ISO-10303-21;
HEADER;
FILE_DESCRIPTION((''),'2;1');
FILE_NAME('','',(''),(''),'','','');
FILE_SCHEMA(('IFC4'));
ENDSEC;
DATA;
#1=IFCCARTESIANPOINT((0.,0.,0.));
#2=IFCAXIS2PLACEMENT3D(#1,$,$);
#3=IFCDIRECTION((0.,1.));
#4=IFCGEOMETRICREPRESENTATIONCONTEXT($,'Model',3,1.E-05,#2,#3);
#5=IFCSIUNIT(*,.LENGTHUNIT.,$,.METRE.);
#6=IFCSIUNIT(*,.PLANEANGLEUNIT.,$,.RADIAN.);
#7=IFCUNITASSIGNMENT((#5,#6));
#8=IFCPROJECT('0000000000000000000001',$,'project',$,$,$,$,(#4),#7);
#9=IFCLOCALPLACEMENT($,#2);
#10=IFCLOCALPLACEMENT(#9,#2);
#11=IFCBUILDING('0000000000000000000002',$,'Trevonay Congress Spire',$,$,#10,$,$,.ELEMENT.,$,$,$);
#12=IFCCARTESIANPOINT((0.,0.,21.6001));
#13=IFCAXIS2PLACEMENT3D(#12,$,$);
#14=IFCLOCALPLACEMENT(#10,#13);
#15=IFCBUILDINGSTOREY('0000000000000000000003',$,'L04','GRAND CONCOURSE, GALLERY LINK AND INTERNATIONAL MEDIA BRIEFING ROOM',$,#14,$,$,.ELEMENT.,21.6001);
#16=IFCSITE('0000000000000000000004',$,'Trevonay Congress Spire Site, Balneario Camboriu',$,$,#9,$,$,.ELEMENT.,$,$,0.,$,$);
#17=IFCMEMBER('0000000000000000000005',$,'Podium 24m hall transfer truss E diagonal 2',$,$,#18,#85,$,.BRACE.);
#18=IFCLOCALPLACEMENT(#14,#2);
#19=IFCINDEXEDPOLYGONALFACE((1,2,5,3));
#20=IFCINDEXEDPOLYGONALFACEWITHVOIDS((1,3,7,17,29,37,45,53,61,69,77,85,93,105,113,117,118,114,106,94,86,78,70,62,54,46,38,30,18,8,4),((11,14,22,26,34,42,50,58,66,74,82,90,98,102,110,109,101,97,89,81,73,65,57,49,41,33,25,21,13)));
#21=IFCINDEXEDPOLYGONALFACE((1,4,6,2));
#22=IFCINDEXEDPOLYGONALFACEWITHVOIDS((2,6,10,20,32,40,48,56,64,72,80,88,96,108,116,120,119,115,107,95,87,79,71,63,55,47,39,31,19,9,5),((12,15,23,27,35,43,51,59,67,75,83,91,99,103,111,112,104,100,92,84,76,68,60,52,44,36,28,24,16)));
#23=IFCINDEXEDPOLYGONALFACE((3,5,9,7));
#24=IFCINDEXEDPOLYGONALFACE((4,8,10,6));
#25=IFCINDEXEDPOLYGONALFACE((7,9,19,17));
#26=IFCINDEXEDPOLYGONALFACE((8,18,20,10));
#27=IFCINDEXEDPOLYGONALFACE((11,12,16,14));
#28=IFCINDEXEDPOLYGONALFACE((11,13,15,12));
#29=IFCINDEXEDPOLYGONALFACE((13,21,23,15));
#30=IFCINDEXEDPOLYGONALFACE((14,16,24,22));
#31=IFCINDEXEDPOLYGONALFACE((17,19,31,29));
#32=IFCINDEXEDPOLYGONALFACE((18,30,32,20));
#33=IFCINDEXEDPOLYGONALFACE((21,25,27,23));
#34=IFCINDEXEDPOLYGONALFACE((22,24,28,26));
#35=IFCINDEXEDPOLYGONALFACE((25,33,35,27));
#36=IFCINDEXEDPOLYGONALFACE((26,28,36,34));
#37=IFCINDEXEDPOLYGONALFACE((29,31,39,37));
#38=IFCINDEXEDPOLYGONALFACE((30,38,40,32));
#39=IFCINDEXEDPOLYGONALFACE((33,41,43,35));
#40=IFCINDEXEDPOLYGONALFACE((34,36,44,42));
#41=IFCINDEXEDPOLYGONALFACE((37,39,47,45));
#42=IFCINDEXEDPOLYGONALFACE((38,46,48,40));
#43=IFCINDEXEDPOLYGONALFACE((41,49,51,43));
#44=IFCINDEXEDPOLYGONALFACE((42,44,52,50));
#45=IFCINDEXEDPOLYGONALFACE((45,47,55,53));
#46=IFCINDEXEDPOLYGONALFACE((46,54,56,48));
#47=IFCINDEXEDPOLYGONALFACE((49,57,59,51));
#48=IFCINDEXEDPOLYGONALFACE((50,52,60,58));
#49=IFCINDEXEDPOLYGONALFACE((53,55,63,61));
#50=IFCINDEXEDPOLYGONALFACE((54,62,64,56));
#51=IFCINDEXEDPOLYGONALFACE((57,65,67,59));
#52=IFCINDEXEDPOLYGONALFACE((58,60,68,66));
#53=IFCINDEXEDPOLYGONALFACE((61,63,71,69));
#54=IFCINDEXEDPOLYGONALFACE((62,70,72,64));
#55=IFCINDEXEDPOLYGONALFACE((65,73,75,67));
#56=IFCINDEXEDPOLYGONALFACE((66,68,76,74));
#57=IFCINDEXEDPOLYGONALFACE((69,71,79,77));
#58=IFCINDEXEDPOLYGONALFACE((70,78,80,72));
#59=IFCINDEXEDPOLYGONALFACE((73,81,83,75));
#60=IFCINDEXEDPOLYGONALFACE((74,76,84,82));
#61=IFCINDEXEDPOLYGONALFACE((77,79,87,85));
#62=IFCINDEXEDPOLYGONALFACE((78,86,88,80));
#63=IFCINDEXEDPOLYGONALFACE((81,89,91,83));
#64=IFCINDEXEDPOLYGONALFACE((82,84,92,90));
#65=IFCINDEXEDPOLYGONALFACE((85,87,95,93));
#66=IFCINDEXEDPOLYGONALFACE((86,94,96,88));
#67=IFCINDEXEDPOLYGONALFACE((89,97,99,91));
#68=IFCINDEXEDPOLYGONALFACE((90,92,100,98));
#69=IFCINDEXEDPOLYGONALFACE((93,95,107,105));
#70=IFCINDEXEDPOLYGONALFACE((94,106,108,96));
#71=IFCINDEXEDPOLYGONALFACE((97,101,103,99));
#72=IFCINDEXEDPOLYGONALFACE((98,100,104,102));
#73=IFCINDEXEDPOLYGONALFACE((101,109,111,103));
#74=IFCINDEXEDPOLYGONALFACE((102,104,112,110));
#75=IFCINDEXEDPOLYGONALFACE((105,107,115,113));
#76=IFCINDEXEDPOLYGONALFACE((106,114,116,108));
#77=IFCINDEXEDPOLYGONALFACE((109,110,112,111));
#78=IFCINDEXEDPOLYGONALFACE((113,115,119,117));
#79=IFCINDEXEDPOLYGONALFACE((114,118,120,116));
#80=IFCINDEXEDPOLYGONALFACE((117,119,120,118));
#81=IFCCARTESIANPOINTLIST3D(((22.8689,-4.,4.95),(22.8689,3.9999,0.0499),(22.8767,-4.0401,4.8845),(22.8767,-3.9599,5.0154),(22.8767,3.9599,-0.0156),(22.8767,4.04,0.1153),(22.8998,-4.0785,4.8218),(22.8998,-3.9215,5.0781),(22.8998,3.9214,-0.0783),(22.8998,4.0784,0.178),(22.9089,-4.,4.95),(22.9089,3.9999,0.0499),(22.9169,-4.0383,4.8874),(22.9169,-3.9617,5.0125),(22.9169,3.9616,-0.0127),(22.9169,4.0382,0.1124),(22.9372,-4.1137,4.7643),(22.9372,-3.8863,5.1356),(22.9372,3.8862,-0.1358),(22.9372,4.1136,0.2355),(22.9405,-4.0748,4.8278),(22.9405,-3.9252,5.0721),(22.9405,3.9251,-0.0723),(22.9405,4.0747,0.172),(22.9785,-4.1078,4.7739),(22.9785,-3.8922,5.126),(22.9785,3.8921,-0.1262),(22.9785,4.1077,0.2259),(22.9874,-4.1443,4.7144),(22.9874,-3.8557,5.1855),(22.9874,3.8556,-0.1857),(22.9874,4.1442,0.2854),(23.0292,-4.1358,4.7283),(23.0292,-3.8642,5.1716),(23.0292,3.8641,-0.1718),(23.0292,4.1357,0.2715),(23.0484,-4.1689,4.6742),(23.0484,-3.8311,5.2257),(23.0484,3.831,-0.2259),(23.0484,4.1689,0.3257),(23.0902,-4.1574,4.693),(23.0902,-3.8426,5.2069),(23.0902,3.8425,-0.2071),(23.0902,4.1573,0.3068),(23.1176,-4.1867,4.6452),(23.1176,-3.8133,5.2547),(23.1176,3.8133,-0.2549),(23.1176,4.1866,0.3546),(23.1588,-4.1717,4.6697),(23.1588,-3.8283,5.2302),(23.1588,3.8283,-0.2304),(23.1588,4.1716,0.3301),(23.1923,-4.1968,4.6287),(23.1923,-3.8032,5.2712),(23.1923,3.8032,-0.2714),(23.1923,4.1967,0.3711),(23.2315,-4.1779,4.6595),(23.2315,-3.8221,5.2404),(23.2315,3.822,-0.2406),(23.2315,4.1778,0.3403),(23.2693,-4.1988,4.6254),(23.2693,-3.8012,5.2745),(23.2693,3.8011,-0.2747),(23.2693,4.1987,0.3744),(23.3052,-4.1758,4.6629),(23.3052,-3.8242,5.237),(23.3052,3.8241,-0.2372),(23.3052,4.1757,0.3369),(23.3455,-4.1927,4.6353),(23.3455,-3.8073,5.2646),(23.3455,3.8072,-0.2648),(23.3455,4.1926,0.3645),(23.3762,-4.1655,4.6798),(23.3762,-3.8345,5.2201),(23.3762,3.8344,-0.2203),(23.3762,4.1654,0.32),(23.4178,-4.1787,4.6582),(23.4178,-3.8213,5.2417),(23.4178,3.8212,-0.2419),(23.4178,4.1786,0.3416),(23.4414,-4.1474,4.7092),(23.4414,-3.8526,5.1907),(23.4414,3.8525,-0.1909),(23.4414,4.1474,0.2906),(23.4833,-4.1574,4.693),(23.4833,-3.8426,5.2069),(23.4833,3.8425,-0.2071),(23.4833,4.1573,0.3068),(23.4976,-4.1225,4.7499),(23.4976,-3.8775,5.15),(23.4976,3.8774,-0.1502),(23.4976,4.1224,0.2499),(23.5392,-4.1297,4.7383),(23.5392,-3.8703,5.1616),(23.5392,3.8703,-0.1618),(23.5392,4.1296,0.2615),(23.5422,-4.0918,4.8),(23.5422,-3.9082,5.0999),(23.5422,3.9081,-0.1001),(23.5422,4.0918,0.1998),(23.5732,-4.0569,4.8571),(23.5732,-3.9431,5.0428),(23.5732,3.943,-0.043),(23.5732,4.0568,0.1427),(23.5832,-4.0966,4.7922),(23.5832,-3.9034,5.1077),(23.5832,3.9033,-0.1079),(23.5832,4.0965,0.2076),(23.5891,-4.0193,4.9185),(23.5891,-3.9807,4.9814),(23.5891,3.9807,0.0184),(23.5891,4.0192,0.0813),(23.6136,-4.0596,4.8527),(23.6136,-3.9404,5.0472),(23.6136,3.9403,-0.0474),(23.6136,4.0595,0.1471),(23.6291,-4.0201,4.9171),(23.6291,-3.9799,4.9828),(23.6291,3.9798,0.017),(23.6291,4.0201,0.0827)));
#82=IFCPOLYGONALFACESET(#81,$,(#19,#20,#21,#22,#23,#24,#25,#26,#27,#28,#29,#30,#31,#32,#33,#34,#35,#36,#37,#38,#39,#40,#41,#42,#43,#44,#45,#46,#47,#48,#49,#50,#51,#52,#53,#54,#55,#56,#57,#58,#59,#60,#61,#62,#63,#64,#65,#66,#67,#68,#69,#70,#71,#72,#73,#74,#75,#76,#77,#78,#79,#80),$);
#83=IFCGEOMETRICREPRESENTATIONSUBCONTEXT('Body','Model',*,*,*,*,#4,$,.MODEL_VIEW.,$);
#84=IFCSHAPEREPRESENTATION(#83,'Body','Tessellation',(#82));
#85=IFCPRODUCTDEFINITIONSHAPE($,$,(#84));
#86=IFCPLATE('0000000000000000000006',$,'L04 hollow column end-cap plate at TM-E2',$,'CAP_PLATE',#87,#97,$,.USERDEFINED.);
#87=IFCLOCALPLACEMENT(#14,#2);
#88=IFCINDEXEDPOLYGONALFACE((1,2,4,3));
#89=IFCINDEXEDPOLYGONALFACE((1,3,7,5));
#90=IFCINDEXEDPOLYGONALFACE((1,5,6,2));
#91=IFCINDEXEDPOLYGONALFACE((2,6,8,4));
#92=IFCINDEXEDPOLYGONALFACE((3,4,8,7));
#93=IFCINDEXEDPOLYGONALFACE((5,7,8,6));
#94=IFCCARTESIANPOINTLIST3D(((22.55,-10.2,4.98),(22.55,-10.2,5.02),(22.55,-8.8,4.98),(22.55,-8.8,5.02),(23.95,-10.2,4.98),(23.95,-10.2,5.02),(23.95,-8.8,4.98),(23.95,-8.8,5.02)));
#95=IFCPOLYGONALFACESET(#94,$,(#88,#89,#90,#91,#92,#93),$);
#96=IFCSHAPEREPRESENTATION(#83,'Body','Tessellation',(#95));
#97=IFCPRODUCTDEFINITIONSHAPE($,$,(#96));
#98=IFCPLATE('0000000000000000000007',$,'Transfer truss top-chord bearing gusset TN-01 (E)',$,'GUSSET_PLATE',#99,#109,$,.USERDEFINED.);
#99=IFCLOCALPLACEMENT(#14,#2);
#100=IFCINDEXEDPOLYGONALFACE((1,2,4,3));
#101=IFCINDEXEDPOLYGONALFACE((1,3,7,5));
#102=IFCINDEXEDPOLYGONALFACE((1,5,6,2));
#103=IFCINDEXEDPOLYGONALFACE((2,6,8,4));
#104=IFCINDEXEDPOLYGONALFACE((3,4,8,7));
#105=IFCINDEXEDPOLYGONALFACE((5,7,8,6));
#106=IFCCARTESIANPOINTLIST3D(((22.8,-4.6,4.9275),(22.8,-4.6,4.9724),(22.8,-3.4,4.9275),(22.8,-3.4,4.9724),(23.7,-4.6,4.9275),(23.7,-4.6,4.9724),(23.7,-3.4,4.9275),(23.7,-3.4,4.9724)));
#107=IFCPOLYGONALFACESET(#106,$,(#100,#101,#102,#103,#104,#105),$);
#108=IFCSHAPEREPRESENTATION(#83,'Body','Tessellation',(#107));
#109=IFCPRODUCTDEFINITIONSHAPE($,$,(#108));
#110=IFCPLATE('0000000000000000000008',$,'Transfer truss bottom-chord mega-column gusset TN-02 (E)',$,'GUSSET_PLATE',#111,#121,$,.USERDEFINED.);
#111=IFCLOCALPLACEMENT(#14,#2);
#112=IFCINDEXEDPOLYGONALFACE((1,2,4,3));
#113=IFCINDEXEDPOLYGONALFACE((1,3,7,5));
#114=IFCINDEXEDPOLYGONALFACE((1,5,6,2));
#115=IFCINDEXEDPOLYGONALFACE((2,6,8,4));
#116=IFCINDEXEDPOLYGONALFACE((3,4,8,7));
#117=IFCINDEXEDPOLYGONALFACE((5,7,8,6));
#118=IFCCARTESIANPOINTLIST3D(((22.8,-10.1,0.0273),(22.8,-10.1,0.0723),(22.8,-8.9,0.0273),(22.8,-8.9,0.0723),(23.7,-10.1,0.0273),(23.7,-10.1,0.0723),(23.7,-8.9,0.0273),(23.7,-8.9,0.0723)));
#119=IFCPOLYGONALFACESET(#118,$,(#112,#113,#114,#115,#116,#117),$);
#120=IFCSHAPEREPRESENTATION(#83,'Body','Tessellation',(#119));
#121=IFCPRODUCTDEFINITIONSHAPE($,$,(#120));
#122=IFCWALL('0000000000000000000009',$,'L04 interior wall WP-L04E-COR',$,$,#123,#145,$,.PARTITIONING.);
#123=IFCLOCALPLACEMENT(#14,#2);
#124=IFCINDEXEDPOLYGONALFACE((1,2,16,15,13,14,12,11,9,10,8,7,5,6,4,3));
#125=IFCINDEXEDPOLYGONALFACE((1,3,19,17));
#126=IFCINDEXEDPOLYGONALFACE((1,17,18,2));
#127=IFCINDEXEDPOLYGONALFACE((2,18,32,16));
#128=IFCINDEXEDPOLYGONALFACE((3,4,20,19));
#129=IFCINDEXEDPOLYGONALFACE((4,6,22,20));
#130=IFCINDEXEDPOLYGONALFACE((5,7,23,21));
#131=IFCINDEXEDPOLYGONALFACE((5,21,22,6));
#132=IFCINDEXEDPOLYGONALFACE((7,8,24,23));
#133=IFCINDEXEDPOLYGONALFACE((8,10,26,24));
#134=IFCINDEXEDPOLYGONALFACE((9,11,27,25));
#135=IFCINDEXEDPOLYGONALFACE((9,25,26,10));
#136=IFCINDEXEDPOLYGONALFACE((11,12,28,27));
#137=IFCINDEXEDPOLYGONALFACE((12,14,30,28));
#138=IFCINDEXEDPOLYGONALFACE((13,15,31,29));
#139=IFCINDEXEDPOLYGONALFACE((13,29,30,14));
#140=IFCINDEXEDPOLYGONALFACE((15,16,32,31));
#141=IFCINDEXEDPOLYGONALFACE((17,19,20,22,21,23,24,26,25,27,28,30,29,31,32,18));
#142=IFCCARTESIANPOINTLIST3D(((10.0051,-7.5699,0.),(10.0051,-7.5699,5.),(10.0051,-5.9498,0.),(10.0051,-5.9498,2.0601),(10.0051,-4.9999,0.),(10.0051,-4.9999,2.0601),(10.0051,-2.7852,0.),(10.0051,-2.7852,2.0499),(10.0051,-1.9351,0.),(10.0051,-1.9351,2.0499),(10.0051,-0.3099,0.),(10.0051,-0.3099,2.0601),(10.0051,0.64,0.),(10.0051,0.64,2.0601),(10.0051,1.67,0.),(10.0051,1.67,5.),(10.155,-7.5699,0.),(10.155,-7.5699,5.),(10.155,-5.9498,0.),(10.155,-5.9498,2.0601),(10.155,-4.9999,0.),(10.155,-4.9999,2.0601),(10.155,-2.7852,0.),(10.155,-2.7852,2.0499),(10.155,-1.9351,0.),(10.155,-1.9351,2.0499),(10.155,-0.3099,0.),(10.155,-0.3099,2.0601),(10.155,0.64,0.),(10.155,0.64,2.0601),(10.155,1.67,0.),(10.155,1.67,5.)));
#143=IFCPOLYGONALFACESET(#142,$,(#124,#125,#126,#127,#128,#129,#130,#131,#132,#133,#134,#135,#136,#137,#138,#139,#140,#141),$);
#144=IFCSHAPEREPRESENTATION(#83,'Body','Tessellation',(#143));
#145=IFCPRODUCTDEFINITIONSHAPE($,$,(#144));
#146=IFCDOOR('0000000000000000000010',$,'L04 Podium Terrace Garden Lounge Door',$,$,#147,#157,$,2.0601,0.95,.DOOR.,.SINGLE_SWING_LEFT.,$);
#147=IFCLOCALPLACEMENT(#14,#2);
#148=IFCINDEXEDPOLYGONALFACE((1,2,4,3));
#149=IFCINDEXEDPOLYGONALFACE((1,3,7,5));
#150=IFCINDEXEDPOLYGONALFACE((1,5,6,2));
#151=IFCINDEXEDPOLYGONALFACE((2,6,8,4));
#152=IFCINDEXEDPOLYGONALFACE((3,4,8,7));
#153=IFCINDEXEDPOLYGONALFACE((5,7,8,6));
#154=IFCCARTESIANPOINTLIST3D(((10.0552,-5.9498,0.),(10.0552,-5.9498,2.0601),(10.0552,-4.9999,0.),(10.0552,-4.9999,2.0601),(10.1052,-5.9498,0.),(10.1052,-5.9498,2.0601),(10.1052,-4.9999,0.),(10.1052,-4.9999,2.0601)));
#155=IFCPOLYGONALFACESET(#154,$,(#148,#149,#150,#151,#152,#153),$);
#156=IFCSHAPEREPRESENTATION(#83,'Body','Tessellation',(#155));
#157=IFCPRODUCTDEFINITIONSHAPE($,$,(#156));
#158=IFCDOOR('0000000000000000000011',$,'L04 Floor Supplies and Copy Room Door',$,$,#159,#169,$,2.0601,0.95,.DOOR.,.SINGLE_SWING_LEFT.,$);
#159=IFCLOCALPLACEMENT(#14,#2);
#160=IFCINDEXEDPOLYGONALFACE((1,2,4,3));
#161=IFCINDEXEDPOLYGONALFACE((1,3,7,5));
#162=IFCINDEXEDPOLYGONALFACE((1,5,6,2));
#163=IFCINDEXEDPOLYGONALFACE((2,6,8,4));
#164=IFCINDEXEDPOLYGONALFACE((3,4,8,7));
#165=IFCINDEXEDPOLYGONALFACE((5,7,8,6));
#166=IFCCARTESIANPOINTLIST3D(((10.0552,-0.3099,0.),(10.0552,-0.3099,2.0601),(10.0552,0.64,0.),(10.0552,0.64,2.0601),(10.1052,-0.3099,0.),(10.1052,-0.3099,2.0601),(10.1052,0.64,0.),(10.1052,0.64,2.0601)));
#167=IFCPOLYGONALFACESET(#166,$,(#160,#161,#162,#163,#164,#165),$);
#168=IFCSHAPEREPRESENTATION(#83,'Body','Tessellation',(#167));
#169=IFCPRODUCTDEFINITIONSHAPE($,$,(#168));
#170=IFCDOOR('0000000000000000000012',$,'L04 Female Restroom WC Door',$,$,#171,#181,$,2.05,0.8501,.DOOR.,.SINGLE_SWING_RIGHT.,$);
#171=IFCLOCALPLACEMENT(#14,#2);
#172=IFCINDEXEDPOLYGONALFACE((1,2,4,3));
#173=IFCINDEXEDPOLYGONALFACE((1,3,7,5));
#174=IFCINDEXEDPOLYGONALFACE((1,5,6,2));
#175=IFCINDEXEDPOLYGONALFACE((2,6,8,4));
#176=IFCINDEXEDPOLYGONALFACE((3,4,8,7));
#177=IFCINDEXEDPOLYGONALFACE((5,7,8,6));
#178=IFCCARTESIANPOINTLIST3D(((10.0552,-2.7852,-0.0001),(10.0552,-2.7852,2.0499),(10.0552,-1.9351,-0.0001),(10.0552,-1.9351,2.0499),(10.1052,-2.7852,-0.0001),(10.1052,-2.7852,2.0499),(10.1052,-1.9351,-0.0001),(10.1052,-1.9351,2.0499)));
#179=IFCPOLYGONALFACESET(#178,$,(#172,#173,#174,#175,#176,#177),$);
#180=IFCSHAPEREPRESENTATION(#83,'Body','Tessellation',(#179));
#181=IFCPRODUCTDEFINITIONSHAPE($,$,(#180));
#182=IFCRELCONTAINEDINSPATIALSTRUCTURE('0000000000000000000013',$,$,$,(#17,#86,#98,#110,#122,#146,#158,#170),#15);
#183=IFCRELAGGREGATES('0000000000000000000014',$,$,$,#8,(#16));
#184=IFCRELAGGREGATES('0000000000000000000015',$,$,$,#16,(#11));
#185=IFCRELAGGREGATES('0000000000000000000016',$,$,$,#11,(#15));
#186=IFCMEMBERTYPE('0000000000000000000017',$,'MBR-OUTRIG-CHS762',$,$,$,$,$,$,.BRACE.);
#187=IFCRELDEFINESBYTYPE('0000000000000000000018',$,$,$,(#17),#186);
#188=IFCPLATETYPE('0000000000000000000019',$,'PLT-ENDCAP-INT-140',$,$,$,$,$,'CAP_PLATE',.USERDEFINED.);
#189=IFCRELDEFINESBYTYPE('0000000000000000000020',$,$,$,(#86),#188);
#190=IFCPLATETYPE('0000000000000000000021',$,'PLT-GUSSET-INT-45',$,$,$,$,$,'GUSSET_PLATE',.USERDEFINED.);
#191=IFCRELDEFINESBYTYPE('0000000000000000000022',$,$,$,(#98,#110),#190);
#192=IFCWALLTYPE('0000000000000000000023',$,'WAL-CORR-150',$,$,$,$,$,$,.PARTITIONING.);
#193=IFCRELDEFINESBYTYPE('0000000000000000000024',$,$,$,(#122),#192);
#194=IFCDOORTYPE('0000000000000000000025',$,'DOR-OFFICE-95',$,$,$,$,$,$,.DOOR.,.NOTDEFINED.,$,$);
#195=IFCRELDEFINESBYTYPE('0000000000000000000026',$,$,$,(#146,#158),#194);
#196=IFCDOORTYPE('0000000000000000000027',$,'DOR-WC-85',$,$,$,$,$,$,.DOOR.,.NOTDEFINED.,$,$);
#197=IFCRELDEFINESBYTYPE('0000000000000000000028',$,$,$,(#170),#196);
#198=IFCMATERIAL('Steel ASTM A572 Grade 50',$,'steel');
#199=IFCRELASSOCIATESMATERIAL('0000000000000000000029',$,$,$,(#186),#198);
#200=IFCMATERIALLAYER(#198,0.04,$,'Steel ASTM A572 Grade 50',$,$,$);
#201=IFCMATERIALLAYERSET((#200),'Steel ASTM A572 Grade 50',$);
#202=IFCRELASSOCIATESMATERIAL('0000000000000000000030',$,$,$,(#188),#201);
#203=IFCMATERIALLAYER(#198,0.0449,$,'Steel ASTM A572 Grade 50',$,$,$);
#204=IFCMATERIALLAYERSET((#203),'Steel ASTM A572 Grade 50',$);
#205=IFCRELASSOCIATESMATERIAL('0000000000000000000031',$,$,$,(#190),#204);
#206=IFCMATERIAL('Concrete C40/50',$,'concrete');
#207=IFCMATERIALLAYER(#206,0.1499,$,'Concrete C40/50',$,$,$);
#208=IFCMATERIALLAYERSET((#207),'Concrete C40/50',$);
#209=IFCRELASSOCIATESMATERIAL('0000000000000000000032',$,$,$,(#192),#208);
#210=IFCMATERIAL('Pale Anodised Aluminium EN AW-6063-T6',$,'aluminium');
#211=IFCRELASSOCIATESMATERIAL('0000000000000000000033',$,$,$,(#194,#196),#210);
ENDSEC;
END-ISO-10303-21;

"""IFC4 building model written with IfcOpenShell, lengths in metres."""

from ifc_helpers import new_model, si_unit, direction, frame, frame_2d, origin, origin_2d, place, context, subcontext, project, spatial, rectangle, hollow_circle, extrude, material, layer, layer_set, material_profile, profile_set, type_object, element, fill, save


model = new_model("IFC4")

# Units and contexts
model_context = context("Model", 3, precision=1e-05, world=origin(), true_north=direction((0.0, 1.0)))
body_context = subcontext(model_context, "Body", "Model", "MODEL_VIEW")
ifc_project = project(units=[si_unit("LENGTHUNIT", "METRE"), si_unit("PLANEANGLEUNIT", "RADIAN")], contexts=[model_context])

# Site, building, storey
site_placement = place(None, origin())
site = spatial("IfcSite", under=ifc_project, at=site_placement, Name="Trevonay Congress Spire Site, Balneario Camboriu", CompositionType="ELEMENT", RefElevation=0.0)
building_placement = place(site_placement, origin())
building = spatial("IfcBuilding", under=site, at=building_placement, Name="Trevonay Congress Spire", CompositionType="ELEMENT")
storey_placement = place(building_placement, frame((0.0, 0.0, 21.6001)))
storey = spatial("IfcBuildingStorey", under=building, at=storey_placement, Name="L04", Description="GRAND CONCOURSE, GALLERY LINK AND INTERNATIONAL MEDIA BRIEFING ROOM", CompositionType="ELEMENT", Elevation=21.6001)

# Shared definitions
ifc_material_1 = material(Name="Steel ASTM A572 Grade 50", Category="steel")

# Member
ifc_material_profile_1 = material_profile(ifc_material_1, hollow_circle(Radius=0.3811, WallThickness=0.04, at=origin_2d()), Name="CHS 762x40")
ifc_profile_set_1 = profile_set([ifc_material_profile_1], Name="Steel ASTM A572 Grade 50")
member_type_1 = type_object("IfcMemberType", Name="MBR-OUTRIG-CHS762", PredefinedType="BRACE", material=ifc_profile_set_1)
member_1_placement = place(storey_placement, frame((23.25, -4.0, 4.95), z_axis=(0.0, 0.852747, -0.522323), x_axis=(-1.0, 0.0, 0.0)))
element("IfcMember", 1, at=member_1_placement, inside=storey, type_object=member_type_1, Name="Podium 24m hall transfer truss E diagonal 2", PredefinedType="BRACE", context=body_context, shape_type="SweptSolid", body=[
    extrude(hollow_circle(Radius=0.3811, WallThickness=0.04, at=origin_2d()), origin(), (0.0, 0.0, 1.0), 9.3813),
])

# Plates
ifc_layer_1 = layer(ifc_material_1, 0.04, Name="Steel ASTM A572 Grade 50")
ifc_layer_set_1 = layer_set([ifc_layer_1], Name="Steel ASTM A572 Grade 50")
plate_type_1 = type_object("IfcPlateType", Name="PLT-ENDCAP-INT-140", ElementType="CAP_PLATE", PredefinedType="USERDEFINED", material=ifc_layer_set_1)
plate_placement = place(storey_placement, frame((23.25, -9.5, 4.98), z_axis=(0.0, 0.0, 1.0), x_axis=(1.0, 0.0, 0.0)))
element("IfcPlate", 2, at=plate_placement, inside=storey, type_object=plate_type_1, Name="L04 hollow column end-cap plate at TM-E2", ObjectType="CAP_PLATE", PredefinedType="USERDEFINED", context=body_context, shape_type="SweptSolid", body=[
    extrude(rectangle(XDim=1.3999, YDim=1.3999, at=origin_2d()), origin(), (0.0, 0.0, 1.0), 0.04),
])
ifc_layer_2 = layer(ifc_material_1, 0.0449, Name="Steel ASTM A572 Grade 50")
ifc_layer_set_2 = layer_set([ifc_layer_2], Name="Steel ASTM A572 Grade 50")
plate_type_2 = type_object("IfcPlateType", Name="PLT-GUSSET-INT-45", ElementType="GUSSET_PLATE", PredefinedType="USERDEFINED", material=ifc_layer_set_2)
for number, where, z_axis, x_axis, name in (
    (3, (23.25, -4.0, 4.9275), (0.0, 0.0, 1.0), (0.0, 1.0, 0.0), "Transfer truss top-chord bearing gusset TN-01 (E)"),
    (4, (23.25, -9.5, 0.0273), (0.0, 0.0, 1.0), (0.0, 1.0, 0.0), "Transfer truss bottom-chord mega-column gusset TN-02 (E)"),
):
    element("IfcPlate", number, at=place(storey_placement, frame(where, z_axis=z_axis, x_axis=x_axis)), inside=storey, type_object=plate_type_2, Name=name, ObjectType="GUSSET_PLATE", PredefinedType="USERDEFINED", context=body_context, shape_type="SweptSolid", body=[
        extrude(rectangle(XDim=1.2, YDim=0.8999, at=origin_2d()), origin(), (0.0, 0.0, 1.0), 0.0449),
    ])

# Wall, openings, doors
ifc_material_2 = material(Name="Concrete C40/50", Category="concrete")
ifc_layer_3 = layer(ifc_material_2, 0.1499, Name="Concrete C40/50")
ifc_layer_set_3 = layer_set([ifc_layer_3], Name="Concrete C40/50")
wall_type_1 = type_object("IfcWallType", Name="WAL-CORR-150", PredefinedType="PARTITIONING", material=ifc_layer_set_3)
wall_1_placement = place(storey_placement, frame((10.0801, -7.5701, 0.0), z_axis=(0.0, 0.0, 1.0), x_axis=(0.0, 1.0, 0.0)))
wall_1 = element("IfcWall", 5, at=wall_1_placement, inside=storey, type_object=wall_type_1, Name="L04 interior wall WP-L04E-COR", PredefinedType="PARTITIONING", context=body_context, shape_type="SweptSolid", body=[
    extrude(rectangle(XDim=9.24, YDim=0.1499, at=frame_2d((4.6201, 0.0))), origin(), (0.0, 0.0, 1.0), 5.0),
])
opening_1_placement = place(wall_1_placement, frame((1.6201, 0.0, 0.0)))
opening_1 = element("IfcOpeningElement", 6, at=opening_1_placement, cuts=wall_1, PredefinedType="OPENING", context=body_context, shape_type="SweptSolid", body=[
    extrude(rectangle(XDim=0.95, YDim=2.0601, at=frame_2d((0.4751, 1.03))), frame((0.0, 0.085, 0.0), z_axis=(0.0, -1.0, 0.0), x_axis=(1.0, 0.0, 0.0)), (0.0, 0.0, 1.0), 0.1699),
])
opening_2_placement = place(wall_1_placement, frame((4.7849, 0.0, 0.0)))
opening_2 = element("IfcOpeningElement", 7, at=opening_2_placement, cuts=wall_1, PredefinedType="OPENING", context=body_context, shape_type="SweptSolid", body=[
    extrude(rectangle(XDim=0.8501, YDim=2.05, at=frame_2d((0.425, 1.0249))), frame((0.0, 0.085, 0.0), z_axis=(0.0, -1.0, 0.0), x_axis=(1.0, 0.0, 0.0)), (0.0, 0.0, 1.0), 0.1699),
])
opening_3_placement = place(wall_1_placement, frame((7.26, 0.0, 0.0)))
opening_3 = element("IfcOpeningElement", 8, at=opening_3_placement, cuts=wall_1, PredefinedType="OPENING", context=body_context, shape_type="SweptSolid", body=[
    extrude(rectangle(XDim=0.95, YDim=2.0601, at=frame_2d((0.4751, 1.03))), frame((0.0, 0.085, 0.0), z_axis=(0.0, -1.0, 0.0), x_axis=(1.0, 0.0, 0.0)), (0.0, 0.0, 1.0), 0.1699),
])
ifc_material_3 = material(Name="Pale Anodised Aluminium EN AW-6063-T6", Category="aluminium")
door_type_1 = type_object("IfcDoorType", Name="DOR-OFFICE-95", OperationType="NOTDEFINED", PredefinedType="DOOR", material=ifc_material_3)
door_1_placement = place(opening_1_placement, origin())
door_1 = element("IfcDoor", 9, at=door_1_placement, inside=storey, type_object=door_type_1, Name="L04 Podium Terrace Garden Lounge Door", OperationType="SINGLE_SWING_LEFT", OverallHeight=2.0601, OverallWidth=0.95, PredefinedType="DOOR", context=body_context, shape_type="SweptSolid", body=[
    extrude(rectangle(XDim=0.95, YDim=2.0601, at=frame_2d((0.4751, 1.03))), frame((0.0, 0.0249, 0.0), z_axis=(0.0, -1.0, 0.0), x_axis=(1.0, 0.0, 0.0)), (0.0, 0.0, 1.0), 0.05),
])
fill(opening_1, door_1)
door_2_placement = place(opening_3_placement, origin())
door_2 = element("IfcDoor", 10, at=door_2_placement, inside=storey, type_object=door_type_1, Name="L04 Floor Supplies and Copy Room Door", OperationType="SINGLE_SWING_LEFT", OverallHeight=2.0601, OverallWidth=0.95, PredefinedType="DOOR", context=body_context, shape_type="SweptSolid", body=[
    extrude(rectangle(XDim=0.95, YDim=2.0601, at=frame_2d((0.4751, 1.03))), frame((0.0, 0.0249, 0.0), z_axis=(0.0, -1.0, 0.0), x_axis=(1.0, 0.0, 0.0)), (0.0, 0.0, 1.0), 0.05),
])
fill(opening_3, door_2)
door_type_2 = type_object("IfcDoorType", Name="DOR-WC-85", OperationType="NOTDEFINED", PredefinedType="DOOR", material=ifc_material_3)
door_3_placement = place(opening_2_placement, origin())
door_3 = element("IfcDoor", 11, at=door_3_placement, inside=storey, type_object=door_type_2, Name="L04 Female Restroom WC Door", OperationType="SINGLE_SWING_RIGHT", OverallHeight=2.05, OverallWidth=0.8501, PredefinedType="DOOR", context=body_context, shape_type="SweptSolid", body=[
    extrude(rectangle(XDim=0.8501, YDim=2.05, at=frame_2d((0.425, 1.0249))), frame((0.0, 0.0249, 0.0), z_axis=(0.0, -1.0, 0.0), x_axis=(1.0, 0.0, 0.0)), (0.0, 0.0, 1.0), 0.05),
])
fill(opening_2, door_3)

save(model, "model.ifc")
